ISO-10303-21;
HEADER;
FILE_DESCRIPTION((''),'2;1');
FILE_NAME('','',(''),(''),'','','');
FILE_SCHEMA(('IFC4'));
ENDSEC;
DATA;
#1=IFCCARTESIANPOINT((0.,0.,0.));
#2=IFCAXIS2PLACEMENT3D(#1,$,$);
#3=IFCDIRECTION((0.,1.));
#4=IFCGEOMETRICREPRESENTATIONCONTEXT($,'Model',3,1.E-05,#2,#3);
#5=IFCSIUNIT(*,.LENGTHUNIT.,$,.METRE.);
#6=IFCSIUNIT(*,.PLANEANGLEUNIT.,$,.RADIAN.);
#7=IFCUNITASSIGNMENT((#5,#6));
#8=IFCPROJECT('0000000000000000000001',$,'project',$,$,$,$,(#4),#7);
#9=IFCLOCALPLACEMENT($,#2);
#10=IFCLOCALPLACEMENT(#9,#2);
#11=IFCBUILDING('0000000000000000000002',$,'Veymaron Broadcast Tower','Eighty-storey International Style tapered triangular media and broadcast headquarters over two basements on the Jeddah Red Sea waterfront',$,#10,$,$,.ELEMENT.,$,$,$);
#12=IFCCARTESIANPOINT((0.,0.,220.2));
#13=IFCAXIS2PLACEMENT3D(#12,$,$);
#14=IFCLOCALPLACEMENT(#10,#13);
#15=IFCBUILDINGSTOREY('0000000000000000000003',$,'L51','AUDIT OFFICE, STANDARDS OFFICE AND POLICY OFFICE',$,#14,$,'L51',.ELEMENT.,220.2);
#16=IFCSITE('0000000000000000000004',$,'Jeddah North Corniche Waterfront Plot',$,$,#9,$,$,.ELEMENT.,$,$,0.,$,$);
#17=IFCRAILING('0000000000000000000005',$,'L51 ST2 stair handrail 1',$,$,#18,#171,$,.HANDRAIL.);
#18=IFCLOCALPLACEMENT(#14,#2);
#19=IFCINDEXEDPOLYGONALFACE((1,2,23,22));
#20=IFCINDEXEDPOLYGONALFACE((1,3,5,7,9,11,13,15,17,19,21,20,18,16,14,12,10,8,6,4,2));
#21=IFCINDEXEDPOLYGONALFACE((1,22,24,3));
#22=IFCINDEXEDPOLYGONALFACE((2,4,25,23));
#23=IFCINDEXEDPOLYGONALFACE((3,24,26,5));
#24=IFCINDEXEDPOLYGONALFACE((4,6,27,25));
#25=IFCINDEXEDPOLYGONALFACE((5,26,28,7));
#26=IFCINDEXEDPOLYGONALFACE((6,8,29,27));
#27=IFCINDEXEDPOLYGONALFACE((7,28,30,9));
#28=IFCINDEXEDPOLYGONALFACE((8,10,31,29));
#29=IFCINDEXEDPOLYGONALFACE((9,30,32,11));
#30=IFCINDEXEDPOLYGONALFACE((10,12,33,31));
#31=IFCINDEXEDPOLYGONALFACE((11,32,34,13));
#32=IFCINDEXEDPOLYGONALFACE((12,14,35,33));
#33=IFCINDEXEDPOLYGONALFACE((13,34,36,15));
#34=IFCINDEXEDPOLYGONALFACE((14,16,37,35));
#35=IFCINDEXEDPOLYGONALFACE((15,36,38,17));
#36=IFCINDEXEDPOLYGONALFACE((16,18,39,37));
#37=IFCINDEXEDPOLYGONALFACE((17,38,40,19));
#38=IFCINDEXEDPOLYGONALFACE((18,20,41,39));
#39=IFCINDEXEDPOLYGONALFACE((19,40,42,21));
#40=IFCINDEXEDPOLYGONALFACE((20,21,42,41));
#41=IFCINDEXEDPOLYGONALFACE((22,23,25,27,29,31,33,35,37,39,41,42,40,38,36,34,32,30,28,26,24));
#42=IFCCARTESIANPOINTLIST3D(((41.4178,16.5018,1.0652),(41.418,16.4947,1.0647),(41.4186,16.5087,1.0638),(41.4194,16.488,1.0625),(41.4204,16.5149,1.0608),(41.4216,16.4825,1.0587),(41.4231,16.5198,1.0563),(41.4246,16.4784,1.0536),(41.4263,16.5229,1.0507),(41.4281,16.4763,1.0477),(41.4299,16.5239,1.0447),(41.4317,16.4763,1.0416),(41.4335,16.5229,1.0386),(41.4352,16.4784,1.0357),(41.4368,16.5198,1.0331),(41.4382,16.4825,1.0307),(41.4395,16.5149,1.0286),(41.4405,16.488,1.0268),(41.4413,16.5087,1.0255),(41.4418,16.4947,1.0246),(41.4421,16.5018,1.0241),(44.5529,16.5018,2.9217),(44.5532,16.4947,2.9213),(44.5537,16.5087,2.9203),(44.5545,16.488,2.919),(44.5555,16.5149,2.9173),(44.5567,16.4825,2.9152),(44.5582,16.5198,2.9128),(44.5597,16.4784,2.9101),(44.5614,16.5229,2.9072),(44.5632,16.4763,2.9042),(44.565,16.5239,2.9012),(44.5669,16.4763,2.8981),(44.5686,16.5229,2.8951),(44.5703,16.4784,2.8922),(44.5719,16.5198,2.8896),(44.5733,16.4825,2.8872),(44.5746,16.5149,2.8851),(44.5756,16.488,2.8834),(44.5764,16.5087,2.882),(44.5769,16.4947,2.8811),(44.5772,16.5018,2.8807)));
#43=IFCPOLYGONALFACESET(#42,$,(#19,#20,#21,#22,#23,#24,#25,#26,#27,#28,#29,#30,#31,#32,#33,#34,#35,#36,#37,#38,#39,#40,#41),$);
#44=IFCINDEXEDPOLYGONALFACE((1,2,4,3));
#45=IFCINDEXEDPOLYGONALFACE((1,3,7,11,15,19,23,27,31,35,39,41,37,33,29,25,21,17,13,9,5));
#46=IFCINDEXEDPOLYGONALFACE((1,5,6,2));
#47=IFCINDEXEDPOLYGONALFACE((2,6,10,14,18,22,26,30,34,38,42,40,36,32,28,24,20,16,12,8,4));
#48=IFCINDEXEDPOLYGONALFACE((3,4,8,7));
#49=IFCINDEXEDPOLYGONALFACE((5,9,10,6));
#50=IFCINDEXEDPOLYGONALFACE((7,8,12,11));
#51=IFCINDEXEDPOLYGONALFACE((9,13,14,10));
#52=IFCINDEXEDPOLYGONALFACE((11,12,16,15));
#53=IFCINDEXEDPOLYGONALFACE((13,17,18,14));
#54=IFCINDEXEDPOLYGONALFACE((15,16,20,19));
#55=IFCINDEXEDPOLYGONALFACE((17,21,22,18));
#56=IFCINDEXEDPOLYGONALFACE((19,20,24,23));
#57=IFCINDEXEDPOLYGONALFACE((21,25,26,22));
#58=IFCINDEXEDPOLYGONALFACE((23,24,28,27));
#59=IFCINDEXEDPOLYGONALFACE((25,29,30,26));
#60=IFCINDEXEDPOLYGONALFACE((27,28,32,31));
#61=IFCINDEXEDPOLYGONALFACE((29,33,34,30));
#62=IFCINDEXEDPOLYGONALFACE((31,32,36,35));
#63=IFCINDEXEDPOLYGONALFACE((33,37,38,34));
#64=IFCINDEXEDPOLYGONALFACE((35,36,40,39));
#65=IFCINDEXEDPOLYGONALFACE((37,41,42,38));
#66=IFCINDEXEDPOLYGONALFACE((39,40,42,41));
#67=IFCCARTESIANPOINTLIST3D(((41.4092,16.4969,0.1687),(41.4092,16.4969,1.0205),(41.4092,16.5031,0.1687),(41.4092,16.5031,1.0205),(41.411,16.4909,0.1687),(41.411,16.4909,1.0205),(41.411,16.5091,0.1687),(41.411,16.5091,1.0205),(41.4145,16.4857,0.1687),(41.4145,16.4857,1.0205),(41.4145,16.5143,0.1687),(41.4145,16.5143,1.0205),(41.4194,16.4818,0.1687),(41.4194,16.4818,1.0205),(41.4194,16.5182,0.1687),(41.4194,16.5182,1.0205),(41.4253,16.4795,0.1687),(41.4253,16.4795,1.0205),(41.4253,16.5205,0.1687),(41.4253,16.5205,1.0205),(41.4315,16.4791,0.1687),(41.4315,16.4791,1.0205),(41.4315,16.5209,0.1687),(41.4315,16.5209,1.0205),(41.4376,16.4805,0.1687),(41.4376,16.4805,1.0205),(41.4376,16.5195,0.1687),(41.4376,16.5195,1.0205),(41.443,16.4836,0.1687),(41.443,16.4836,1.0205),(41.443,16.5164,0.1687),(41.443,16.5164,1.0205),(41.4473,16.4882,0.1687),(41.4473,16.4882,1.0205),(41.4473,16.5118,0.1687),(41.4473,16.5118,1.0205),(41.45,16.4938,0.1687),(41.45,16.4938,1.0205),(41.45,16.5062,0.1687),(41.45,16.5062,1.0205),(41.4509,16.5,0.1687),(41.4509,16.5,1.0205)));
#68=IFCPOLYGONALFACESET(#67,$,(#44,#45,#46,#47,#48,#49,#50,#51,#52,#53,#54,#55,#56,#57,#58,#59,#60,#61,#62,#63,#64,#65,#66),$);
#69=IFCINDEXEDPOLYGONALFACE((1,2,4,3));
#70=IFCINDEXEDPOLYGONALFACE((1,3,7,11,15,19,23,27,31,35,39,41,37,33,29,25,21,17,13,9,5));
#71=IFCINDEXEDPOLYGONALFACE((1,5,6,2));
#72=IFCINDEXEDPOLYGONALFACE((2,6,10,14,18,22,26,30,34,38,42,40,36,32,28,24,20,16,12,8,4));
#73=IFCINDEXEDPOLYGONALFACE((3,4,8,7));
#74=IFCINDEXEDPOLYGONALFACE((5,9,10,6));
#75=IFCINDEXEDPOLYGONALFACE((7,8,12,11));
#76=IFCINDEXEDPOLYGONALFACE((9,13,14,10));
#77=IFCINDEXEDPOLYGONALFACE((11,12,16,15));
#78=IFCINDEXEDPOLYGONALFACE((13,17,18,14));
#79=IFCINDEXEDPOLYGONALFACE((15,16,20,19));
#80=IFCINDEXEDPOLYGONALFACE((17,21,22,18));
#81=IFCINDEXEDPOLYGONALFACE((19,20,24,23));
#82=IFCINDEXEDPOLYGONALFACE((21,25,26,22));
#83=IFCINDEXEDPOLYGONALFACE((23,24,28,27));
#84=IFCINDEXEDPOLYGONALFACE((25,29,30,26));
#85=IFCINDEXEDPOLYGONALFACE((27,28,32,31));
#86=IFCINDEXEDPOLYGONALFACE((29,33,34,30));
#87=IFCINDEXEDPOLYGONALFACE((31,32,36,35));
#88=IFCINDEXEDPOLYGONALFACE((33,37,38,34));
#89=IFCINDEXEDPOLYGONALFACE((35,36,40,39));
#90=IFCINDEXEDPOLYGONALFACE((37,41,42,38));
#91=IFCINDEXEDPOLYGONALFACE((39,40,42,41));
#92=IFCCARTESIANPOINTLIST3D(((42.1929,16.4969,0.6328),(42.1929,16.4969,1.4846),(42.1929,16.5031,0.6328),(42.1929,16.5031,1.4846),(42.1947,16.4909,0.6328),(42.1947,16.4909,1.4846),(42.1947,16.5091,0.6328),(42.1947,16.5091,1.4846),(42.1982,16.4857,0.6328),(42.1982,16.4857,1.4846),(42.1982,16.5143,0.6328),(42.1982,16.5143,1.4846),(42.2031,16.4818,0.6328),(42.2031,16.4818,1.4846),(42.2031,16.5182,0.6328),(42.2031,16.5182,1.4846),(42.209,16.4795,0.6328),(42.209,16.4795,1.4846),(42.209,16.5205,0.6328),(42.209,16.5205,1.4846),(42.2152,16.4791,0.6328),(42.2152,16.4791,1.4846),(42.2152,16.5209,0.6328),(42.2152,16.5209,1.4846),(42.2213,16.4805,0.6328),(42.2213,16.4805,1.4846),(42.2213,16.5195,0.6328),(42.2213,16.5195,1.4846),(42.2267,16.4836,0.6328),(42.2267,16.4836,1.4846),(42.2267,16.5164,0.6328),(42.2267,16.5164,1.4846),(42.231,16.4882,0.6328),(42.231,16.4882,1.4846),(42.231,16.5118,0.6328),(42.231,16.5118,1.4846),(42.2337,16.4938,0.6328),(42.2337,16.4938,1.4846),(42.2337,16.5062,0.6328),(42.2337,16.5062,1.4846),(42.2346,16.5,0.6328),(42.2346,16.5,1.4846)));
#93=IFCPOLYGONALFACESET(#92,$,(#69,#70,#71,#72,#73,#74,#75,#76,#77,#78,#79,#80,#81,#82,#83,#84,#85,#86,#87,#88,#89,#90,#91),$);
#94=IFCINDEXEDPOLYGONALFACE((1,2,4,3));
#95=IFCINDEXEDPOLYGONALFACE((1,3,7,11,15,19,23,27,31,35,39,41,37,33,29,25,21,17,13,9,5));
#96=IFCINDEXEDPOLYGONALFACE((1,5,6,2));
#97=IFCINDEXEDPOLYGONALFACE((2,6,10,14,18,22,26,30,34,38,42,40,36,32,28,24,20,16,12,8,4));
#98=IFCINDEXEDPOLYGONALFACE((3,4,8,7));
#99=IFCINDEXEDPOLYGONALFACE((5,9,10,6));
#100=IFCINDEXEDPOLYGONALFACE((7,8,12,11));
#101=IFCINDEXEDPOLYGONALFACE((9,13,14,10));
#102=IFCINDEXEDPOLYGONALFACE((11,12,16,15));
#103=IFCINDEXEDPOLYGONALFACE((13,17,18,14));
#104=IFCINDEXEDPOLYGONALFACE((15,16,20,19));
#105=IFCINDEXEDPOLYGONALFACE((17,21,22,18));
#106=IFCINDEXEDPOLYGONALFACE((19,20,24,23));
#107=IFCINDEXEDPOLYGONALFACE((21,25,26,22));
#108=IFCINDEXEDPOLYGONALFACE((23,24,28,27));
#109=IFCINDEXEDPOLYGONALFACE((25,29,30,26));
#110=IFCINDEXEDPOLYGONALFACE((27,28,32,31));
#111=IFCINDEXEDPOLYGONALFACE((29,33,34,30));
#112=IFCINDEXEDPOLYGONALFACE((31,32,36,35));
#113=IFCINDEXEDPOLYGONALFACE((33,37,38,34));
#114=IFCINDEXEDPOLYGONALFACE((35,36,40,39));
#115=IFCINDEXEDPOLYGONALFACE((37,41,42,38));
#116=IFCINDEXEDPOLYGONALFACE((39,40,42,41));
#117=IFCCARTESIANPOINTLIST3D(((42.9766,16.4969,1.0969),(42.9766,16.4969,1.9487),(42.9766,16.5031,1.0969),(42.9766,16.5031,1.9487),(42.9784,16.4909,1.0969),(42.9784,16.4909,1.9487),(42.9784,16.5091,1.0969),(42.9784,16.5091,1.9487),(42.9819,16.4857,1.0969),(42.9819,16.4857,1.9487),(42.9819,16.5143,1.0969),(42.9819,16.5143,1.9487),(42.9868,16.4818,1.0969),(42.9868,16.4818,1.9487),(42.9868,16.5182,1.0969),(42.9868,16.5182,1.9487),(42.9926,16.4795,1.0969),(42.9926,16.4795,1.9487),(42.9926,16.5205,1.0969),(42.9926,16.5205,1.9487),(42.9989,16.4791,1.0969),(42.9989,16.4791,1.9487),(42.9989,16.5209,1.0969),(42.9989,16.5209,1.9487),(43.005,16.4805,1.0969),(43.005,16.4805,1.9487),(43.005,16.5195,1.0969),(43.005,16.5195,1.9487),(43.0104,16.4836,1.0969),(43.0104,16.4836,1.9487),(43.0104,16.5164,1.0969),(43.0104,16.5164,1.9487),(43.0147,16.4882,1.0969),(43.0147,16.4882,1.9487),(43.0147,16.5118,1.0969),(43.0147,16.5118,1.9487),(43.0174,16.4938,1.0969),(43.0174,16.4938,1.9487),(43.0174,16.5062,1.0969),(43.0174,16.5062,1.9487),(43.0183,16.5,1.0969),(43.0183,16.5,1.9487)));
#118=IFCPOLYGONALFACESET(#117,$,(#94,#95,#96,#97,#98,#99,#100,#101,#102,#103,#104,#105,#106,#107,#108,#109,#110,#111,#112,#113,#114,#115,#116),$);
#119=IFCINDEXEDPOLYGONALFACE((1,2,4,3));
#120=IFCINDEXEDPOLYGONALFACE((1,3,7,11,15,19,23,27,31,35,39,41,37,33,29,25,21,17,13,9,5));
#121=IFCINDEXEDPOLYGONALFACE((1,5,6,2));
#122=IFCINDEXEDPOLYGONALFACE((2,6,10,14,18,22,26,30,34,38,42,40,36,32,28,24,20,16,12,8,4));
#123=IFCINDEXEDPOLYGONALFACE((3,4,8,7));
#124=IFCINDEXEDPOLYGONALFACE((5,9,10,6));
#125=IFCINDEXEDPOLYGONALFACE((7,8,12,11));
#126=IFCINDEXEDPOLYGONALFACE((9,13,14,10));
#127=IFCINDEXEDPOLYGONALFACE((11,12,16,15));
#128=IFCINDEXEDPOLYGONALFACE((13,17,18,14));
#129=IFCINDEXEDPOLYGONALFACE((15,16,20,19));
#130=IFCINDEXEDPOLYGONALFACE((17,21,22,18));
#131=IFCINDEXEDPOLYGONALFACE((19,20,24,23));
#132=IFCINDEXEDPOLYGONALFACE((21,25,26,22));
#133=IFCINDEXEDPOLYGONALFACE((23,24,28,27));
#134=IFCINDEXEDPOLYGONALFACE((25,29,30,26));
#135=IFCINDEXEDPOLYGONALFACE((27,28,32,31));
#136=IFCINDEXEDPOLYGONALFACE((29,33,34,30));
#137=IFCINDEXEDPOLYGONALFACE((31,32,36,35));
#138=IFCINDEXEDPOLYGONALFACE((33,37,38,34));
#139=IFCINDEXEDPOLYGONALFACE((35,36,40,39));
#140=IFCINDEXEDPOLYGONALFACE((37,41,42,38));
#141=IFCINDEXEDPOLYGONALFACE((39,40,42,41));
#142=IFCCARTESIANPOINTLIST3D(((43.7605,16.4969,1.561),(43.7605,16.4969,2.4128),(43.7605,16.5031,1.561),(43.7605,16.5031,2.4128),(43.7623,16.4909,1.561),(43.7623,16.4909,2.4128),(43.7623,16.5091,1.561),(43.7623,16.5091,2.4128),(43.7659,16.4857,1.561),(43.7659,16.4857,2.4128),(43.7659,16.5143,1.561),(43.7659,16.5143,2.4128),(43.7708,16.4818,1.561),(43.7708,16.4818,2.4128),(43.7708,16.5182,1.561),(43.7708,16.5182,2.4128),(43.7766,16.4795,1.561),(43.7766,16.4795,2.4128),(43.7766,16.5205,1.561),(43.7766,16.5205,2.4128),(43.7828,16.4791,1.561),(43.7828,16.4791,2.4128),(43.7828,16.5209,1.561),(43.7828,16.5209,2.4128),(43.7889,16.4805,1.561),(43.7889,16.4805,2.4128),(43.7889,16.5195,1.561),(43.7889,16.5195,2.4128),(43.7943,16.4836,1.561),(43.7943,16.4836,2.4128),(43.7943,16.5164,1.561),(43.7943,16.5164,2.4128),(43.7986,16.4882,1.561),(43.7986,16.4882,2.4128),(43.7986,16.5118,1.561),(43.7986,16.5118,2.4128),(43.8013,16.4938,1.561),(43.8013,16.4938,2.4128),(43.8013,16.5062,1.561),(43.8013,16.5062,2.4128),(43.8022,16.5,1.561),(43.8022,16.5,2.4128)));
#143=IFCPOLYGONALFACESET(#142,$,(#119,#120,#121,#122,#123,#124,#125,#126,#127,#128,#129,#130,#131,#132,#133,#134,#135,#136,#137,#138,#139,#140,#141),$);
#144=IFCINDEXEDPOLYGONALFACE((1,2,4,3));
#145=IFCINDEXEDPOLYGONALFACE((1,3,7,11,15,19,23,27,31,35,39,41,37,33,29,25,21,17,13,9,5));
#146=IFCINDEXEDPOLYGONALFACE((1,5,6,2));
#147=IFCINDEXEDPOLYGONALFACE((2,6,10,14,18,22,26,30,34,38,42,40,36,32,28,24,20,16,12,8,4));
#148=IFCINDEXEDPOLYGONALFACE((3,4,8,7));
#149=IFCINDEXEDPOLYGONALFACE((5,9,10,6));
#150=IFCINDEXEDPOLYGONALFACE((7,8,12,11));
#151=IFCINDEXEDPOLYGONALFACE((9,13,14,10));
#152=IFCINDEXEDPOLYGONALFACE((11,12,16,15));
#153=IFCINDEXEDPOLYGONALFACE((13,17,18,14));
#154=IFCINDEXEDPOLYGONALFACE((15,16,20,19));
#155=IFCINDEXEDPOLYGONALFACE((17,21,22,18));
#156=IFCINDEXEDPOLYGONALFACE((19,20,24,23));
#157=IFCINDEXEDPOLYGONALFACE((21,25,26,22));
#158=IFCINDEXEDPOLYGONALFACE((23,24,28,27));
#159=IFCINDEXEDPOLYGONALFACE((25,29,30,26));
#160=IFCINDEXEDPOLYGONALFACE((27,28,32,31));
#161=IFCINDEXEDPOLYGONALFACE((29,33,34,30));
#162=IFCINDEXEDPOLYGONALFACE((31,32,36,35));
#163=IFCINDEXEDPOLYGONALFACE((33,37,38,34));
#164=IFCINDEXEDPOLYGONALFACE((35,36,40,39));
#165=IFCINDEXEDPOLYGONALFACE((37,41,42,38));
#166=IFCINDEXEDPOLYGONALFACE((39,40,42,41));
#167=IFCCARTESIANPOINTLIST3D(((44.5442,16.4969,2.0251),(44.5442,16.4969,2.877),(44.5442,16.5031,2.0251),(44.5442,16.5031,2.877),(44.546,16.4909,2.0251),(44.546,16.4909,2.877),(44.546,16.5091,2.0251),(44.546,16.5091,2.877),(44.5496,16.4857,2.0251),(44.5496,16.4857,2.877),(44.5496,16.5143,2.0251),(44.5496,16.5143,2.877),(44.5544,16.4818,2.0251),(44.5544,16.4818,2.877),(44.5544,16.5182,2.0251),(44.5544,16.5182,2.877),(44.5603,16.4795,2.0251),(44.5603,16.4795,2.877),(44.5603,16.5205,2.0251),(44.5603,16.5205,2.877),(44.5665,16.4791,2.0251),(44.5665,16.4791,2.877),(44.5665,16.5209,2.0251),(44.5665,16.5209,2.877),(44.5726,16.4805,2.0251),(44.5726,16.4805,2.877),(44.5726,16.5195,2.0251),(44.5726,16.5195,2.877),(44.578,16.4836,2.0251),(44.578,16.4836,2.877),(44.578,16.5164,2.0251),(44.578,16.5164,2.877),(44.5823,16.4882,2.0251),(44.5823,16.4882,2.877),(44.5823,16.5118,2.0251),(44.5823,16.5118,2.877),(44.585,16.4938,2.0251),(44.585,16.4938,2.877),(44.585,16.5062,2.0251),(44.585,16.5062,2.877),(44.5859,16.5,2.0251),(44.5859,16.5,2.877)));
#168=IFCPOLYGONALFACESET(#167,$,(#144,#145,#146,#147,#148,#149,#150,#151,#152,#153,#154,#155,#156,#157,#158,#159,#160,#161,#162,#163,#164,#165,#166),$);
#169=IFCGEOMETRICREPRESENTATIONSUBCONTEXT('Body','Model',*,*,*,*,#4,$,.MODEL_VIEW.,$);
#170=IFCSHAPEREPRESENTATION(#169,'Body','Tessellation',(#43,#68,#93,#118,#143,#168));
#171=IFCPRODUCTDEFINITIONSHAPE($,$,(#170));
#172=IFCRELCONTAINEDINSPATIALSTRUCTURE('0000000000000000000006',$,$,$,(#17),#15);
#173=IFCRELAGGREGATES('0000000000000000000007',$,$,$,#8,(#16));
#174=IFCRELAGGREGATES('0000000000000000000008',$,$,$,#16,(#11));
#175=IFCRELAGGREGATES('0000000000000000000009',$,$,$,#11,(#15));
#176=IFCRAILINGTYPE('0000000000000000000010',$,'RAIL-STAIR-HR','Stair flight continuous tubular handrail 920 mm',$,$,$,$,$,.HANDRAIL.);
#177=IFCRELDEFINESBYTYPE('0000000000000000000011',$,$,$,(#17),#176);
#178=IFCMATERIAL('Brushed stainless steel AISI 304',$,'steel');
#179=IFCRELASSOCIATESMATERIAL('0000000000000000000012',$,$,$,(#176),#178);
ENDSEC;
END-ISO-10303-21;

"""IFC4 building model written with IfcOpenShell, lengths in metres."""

from ifc_helpers import new_model, si_unit, direction, frame, origin, origin_2d, place, context, subcontext, project, spatial, circle, extrude, material, type_object, element, save


model = new_model("IFC4")

# Units and contexts
model_context = context("Model", 3, precision=1e-05, world=origin(), true_north=direction((0.0, 1.0)))
body_context = subcontext(model_context, "Body", "Model", "MODEL_VIEW")
ifc_project = project(units=[si_unit("LENGTHUNIT", "METRE"), si_unit("PLANEANGLEUNIT", "RADIAN")], contexts=[model_context])

# Site, building, storey
site_placement = place(None, origin())
site = spatial("IfcSite", under=ifc_project, at=site_placement, Name="Jeddah North Corniche Waterfront Plot", CompositionType="ELEMENT", RefElevation=0.0)
building_placement = place(site_placement, origin())
building = spatial("IfcBuilding", under=site, at=building_placement, Name="Veymaron Broadcast Tower", Description="Eighty-storey International Style tapered triangular media and broadcast headquarters over two basements on the Jeddah Red Sea waterfront", CompositionType="ELEMENT")
storey_placement = place(building_placement, frame((0.0, 0.0, 220.2)))
storey = spatial("IfcBuildingStorey", under=building, at=storey_placement, Name="L51", Description="AUDIT OFFICE, STANDARDS OFFICE AND POLICY OFFICE", LongName="L51", CompositionType="ELEMENT", Elevation=220.2)

# Shared definitions
ifc_material_1 = material(Name="Brushed stainless steel AISI 304", Category="steel")

# Railing
railing_type_1 = type_object("IfcRailingType", Name="RAIL-STAIR-HR", Description="Stair flight continuous tubular handrail 920 mm", PredefinedType="HANDRAIL", material=ifc_material_1)
railing_1_placement = place(storey_placement, frame((41.4299, 16.5, 0.1687)))
element("IfcRailing", 1, at=railing_1_placement, inside=storey, type_object=railing_type_1, Name="L51 ST2 stair handrail 1", PredefinedType="HANDRAIL", context=body_context, shape_type="SweptSolid", body=[
    extrude(circle(Radius=0.0239, at=origin_2d()), frame((0.0, 0.0, 0.876), z_axis=(0.860453, 0.0, 0.509531), x_axis=(0.0, 1.0, 0.0)), (0.0, 0.0, 1.0), 3.6436),
    extrude(circle(Radius=0.021, at=origin_2d()), origin(), (0.0, 0.0, 1.0), 0.8518),
    extrude(circle(Radius=0.021, at=origin_2d()), frame((0.7837, 0.0, 0.4641)), (0.0, 0.0, 1.0), 0.8518),
    extrude(circle(Radius=0.021, at=origin_2d()), frame((1.5674, 0.0, 0.9282)), (0.0, 0.0, 1.0), 0.8518),
    extrude(circle(Radius=0.021, at=origin_2d()), frame((2.3513, 0.0, 1.3923)), (0.0, 0.0, 1.0), 0.8518),
    extrude(circle(Radius=0.021, at=origin_2d()), frame((3.135, 0.0, 1.8564)), (0.0, 0.0, 1.0), 0.8518),
])

save(model, "model.ifc")
